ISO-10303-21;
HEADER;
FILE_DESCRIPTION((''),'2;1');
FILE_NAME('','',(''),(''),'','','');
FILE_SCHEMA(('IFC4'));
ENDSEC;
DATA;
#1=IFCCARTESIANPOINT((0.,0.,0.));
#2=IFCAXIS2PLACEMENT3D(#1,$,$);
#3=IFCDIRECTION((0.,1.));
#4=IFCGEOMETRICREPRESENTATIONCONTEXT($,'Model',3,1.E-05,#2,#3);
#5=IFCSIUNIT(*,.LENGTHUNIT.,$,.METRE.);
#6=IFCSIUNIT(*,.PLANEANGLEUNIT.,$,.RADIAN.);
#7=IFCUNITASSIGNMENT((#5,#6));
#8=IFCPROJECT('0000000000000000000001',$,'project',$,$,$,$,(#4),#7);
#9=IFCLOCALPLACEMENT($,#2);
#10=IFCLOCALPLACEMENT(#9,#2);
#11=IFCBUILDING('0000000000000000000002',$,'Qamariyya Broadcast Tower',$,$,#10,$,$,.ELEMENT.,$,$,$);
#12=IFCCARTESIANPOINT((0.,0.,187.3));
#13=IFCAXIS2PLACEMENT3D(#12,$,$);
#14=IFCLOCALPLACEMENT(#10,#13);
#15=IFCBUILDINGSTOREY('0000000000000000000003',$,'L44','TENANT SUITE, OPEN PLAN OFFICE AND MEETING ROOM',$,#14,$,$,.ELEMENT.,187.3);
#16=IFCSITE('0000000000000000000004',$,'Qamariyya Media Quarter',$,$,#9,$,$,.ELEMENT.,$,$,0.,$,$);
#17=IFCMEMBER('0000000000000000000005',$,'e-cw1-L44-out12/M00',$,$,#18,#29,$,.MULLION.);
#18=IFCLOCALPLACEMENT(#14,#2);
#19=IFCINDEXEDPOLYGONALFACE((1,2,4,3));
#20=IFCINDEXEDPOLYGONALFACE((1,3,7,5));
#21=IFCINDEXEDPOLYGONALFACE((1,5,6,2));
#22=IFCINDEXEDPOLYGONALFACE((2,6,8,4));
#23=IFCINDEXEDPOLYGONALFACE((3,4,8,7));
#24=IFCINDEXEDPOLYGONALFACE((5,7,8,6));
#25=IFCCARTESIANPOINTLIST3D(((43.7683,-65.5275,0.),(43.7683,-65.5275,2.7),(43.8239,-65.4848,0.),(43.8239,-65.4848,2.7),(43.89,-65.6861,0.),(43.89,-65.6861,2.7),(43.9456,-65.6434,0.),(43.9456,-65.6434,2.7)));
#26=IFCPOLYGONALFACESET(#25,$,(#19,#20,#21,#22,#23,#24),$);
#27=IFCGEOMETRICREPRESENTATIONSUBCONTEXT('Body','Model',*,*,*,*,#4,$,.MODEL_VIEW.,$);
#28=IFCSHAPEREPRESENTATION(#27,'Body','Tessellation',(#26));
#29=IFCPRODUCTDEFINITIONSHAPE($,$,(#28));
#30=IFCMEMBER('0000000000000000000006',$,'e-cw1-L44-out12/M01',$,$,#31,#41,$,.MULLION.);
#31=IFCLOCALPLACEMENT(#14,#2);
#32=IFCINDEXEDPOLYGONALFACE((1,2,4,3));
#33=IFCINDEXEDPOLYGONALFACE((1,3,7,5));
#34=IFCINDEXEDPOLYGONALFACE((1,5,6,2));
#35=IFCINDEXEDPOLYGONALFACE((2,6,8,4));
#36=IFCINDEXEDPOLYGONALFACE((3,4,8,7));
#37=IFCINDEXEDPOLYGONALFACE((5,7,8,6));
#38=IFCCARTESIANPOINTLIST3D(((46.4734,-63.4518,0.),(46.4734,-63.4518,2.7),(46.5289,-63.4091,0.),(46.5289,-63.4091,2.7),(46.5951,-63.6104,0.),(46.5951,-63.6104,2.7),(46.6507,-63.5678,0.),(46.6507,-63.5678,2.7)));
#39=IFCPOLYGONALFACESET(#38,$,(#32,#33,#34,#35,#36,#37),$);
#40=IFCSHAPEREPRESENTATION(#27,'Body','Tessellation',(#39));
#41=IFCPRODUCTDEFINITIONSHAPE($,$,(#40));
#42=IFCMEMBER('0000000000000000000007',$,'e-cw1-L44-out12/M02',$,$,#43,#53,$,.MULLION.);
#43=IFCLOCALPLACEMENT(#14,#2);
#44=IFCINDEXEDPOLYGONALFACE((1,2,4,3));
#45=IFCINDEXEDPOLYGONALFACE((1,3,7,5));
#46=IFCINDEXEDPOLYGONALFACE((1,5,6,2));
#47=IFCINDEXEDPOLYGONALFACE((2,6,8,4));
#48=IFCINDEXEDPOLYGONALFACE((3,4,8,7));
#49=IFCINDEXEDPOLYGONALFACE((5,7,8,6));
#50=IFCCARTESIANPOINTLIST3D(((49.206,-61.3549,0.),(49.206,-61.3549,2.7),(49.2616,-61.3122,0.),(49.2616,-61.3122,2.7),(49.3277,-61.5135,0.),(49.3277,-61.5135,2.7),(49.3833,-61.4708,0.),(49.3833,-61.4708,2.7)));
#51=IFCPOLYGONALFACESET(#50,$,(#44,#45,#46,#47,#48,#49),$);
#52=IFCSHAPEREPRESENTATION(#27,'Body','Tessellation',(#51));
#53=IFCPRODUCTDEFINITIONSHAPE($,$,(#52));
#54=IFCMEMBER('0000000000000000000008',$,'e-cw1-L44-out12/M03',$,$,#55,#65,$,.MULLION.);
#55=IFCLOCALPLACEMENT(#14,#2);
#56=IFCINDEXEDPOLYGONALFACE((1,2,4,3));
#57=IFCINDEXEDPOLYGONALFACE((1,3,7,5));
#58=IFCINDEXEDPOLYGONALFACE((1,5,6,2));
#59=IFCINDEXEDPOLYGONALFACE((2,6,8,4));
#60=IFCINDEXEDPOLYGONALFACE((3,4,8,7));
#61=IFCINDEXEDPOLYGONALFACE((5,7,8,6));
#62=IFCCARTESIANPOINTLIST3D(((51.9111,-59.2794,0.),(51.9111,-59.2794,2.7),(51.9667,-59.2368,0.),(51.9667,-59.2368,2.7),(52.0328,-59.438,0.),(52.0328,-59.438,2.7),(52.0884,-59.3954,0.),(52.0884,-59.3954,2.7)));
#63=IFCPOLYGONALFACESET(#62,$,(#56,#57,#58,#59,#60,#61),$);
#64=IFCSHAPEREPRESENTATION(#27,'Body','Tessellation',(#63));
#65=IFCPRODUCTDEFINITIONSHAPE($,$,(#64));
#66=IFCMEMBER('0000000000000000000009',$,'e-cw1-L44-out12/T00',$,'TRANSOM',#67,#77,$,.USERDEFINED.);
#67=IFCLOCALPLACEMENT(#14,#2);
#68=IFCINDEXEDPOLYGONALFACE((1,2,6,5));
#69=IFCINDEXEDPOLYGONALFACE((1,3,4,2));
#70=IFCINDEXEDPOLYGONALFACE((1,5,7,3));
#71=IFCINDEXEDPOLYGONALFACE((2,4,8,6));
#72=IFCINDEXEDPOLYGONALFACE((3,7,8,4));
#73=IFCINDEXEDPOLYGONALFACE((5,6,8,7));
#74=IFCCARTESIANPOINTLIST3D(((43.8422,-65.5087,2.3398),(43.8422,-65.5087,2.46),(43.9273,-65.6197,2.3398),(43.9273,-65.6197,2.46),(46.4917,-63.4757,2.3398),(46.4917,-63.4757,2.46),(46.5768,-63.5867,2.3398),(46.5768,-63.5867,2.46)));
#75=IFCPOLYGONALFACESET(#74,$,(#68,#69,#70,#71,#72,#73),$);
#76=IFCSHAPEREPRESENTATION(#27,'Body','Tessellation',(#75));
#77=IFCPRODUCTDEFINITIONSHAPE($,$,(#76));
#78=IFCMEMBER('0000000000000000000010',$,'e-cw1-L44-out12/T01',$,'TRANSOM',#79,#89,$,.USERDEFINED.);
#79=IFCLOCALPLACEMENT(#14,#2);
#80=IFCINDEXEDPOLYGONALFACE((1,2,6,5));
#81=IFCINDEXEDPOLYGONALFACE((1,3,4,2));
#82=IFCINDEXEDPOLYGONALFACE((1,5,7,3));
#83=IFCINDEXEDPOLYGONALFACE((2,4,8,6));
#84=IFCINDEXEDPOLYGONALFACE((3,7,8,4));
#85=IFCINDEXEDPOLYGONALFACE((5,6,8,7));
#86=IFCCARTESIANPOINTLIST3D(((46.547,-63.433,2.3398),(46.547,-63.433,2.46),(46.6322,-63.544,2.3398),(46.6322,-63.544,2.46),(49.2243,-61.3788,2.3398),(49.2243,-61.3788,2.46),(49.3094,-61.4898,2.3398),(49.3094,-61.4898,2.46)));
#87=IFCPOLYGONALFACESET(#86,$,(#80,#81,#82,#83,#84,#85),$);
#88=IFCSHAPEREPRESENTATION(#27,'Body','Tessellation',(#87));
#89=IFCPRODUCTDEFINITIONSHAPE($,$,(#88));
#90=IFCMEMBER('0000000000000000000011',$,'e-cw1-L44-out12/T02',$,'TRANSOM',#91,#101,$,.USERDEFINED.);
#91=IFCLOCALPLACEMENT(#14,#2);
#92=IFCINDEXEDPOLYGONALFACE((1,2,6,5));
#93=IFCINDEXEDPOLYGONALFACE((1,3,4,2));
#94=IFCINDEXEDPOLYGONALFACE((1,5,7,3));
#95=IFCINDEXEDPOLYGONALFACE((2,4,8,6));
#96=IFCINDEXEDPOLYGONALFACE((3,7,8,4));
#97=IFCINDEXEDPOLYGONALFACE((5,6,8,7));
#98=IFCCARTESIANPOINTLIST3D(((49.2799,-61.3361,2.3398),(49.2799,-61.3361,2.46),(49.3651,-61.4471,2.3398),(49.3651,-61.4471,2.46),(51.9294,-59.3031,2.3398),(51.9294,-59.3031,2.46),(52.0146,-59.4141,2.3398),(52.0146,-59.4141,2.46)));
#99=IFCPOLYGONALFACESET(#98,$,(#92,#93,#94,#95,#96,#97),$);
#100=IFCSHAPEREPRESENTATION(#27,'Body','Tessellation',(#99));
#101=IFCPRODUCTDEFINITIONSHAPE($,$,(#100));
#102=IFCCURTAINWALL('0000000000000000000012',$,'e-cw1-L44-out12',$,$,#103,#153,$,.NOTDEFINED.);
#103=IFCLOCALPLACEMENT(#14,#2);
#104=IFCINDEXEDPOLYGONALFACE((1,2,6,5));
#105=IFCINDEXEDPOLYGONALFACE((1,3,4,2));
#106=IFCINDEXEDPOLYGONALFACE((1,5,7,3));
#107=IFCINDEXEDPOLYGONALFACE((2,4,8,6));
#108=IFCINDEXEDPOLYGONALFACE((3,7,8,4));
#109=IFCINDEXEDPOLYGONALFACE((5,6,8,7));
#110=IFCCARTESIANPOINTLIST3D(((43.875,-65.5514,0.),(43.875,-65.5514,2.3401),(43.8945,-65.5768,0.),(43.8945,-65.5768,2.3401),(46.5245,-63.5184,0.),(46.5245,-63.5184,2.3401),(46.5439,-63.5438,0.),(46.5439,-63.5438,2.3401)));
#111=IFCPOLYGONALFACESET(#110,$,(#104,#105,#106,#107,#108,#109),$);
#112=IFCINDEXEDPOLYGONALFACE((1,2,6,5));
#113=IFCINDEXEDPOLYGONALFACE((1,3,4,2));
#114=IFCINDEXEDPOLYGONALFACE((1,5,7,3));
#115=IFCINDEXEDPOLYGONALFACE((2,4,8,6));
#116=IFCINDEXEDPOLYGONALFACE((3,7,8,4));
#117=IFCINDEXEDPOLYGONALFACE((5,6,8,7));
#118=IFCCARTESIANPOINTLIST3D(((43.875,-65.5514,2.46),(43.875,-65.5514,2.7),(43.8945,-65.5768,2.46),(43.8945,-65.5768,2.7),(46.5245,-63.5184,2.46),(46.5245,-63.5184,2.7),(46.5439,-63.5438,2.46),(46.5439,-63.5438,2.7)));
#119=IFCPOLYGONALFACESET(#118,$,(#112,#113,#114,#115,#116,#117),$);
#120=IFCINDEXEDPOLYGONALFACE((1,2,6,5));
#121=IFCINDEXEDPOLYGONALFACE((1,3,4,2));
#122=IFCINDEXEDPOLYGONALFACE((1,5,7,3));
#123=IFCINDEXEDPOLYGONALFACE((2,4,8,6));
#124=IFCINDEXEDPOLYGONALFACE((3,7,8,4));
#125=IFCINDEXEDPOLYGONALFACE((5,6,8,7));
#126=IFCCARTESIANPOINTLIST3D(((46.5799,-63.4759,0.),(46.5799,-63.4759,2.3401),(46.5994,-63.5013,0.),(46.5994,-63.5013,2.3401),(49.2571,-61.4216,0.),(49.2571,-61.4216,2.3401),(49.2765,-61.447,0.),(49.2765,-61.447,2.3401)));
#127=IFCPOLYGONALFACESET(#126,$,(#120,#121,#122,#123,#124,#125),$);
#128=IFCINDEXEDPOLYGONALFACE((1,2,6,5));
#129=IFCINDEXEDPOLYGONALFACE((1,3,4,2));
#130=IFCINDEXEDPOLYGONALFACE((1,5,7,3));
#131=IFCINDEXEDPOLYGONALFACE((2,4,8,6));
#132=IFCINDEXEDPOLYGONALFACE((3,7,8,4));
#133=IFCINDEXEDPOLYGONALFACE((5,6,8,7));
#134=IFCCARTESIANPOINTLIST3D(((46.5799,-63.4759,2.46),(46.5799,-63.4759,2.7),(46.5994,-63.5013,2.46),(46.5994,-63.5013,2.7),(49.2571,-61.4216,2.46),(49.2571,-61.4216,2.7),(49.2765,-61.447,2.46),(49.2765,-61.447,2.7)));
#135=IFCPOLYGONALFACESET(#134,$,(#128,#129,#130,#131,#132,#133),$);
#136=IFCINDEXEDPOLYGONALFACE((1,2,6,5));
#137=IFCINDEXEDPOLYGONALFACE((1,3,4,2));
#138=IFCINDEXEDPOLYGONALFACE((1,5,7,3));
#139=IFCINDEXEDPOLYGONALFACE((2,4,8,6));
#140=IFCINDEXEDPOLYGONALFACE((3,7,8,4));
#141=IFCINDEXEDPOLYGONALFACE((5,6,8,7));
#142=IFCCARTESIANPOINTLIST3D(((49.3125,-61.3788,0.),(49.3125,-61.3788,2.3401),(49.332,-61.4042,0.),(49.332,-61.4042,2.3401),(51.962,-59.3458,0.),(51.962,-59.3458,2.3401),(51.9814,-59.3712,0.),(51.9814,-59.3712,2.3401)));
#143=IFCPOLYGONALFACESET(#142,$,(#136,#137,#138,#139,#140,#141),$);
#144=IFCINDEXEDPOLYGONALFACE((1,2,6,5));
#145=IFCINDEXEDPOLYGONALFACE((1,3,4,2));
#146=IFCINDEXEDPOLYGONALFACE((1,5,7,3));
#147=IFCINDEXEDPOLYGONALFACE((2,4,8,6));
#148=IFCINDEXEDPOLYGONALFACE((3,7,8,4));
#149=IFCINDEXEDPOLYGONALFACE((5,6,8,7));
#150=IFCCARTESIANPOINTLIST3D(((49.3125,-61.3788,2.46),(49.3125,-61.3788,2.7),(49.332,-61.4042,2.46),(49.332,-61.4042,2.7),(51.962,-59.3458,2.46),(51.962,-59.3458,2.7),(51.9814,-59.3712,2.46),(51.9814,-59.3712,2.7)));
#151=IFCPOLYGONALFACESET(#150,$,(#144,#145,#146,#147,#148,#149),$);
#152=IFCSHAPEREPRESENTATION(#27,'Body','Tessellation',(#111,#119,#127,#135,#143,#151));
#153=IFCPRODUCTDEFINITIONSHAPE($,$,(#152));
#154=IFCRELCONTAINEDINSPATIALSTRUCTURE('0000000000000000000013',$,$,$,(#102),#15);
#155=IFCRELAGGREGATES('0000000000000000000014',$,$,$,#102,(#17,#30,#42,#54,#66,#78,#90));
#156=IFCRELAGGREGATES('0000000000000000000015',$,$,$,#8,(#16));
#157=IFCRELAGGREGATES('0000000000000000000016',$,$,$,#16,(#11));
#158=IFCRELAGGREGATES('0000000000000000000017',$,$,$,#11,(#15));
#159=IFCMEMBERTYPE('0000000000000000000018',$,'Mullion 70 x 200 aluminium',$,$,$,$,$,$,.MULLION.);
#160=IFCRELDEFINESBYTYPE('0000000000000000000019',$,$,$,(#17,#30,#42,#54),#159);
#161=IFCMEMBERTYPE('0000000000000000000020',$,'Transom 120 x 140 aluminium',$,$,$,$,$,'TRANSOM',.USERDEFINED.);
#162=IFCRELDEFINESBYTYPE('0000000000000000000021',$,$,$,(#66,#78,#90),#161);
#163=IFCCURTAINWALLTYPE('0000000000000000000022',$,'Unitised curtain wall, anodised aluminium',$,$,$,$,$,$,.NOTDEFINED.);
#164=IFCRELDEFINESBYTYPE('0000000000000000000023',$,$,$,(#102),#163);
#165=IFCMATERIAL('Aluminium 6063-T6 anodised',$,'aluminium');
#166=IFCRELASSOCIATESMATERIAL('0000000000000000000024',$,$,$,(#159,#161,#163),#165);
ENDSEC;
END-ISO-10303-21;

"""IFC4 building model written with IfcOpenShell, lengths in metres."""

from ifc_helpers import new_model, si_unit, direction, frame, origin, origin_2d, place, context, subcontext, project, spatial, rectangle, extrude, material, material_profile, profile_set, type_object, element, aggregate, save


model = new_model("IFC4")

# Units and contexts
model_context = context("Model", 3, precision=1e-05, world=origin(), true_north=direction((0.0, 1.0)))
body_context = subcontext(model_context, "Body", "Model", "MODEL_VIEW")
ifc_project = project(units=[si_unit("LENGTHUNIT", "METRE"), si_unit("PLANEANGLEUNIT", "RADIAN")], contexts=[model_context])

# Members
ifc_material = material(Name="Aluminium 6063-T6 anodised", Category="aluminium")
ifc_material_profile_1 = material_profile(ifc_material, rectangle(XDim=0.2, YDim=0.0701, at=origin_2d()))
ifc_profile_set_1 = profile_set([ifc_material_profile_1], Name="Aluminium 6063-T6 anodised")
member_type_1 = type_object("IfcMemberType", Name="Mullion 70 x 200 aluminium", PredefinedType="MULLION", material=ifc_profile_set_1)
site_placement = place(None, origin())
building_placement = place(site_placement, origin())
storey_placement = place(building_placement, frame((0.0, 0.0, 187.3)))
member_1_placement = place(storey_placement, frame((43.8569, -65.5854, 0.0), z_axis=(0.0, 0.0, 1.0), x_axis=(-0.608761, 0.793353, 0.0)))
member_1 = element("IfcMember", 1, at=member_1_placement, type_object=member_type_1, Name="e-cw1-L44-out12/M00", PredefinedType="MULLION", context=body_context, shape_type="SweptSolid", body=[
    extrude(rectangle(XDim=0.2, YDim=0.0701, at=origin_2d()), origin(), (0.0, 0.0, 1.0), 2.7),
])
member_2_placement = place(storey_placement, frame((46.562, -63.5098, 0.0), z_axis=(0.0, 0.0, 1.0), x_axis=(-0.608761, 0.793353, 0.0)))
member_2 = element("IfcMember", 2, at=member_2_placement, type_object=member_type_1, Name="e-cw1-L44-out12/M01", PredefinedType="MULLION", context=body_context, shape_type="SweptSolid", body=[
    extrude(rectangle(XDim=0.2, YDim=0.0701, at=origin_2d()), origin(), (0.0, 0.0, 1.0), 2.7),
])
member_3_placement = place(storey_placement, frame((49.2947, -61.4128, 0.0), z_axis=(0.0, 0.0, 1.0), x_axis=(-0.608761, 0.793353, 0.0)))
member_3 = element("IfcMember", 3, at=member_3_placement, type_object=member_type_1, Name="e-cw1-L44-out12/M02", PredefinedType="MULLION", context=body_context, shape_type="SweptSolid", body=[
    extrude(rectangle(XDim=0.2, YDim=0.0701, at=origin_2d()), origin(), (0.0, 0.0, 1.0), 2.7),
])
member_4_placement = place(storey_placement, frame((51.9998, -59.3374, 0.0), z_axis=(0.0, 0.0, 1.0), x_axis=(-0.608761, 0.793353, 0.0)))
member_4 = element("IfcMember", 4, at=member_4_placement, type_object=member_type_1, Name="e-cw1-L44-out12/M03", PredefinedType="MULLION", context=body_context, shape_type="SweptSolid", body=[
    extrude(rectangle(XDim=0.2, YDim=0.0701, at=origin_2d()), origin(), (0.0, 0.0, 1.0), 2.7),
])
ifc_material_profile_2 = material_profile(ifc_material, rectangle(XDim=0.1399, YDim=0.1201, at=origin_2d()))
ifc_profile_set_2 = profile_set([ifc_material_profile_2], Name="Aluminium 6063-T6 anodised")
member_type_2 = type_object("IfcMemberType", Name="Transom 120 x 140 aluminium", ElementType="TRANSOM", PredefinedType="USERDEFINED", material=ifc_profile_set_2)
member_5_placement = place(storey_placement, frame((43.8848, -65.5642, 2.3999), z_axis=(0.793354, 0.60876, 0.0), x_axis=(-0.60876, 0.793354, 0.0)))
member_5 = element("IfcMember", 5, at=member_5_placement, type_object=member_type_2, Name="e-cw1-L44-out12/T00", ObjectType="TRANSOM", PredefinedType="USERDEFINED", context=body_context, shape_type="SweptSolid", body=[
    extrude(rectangle(XDim=0.1399, YDim=0.1201, at=origin_2d()), origin(), (0.0, 0.0, 1.0), 3.3396),
])
member_6_placement = place(storey_placement, frame((46.5896, -63.4885, 2.3999), z_axis=(0.793371, 0.608738, 0.0), x_axis=(-0.608738, 0.793371, 0.0)))
member_6 = element("IfcMember", 6, at=member_6_placement, type_object=member_type_2, Name="e-cw1-L44-out12/T01", ObjectType="TRANSOM", PredefinedType="USERDEFINED", context=body_context, shape_type="SweptSolid", body=[
    extrude(rectangle(XDim=0.1399, YDim=0.1201, at=origin_2d()), origin(), (0.0, 0.0, 1.0), 3.3745),
])
member_7_placement = place(storey_placement, frame((49.3225, -61.3916, 2.3999), z_axis=(0.793354, 0.60876, 0.0), x_axis=(-0.60876, 0.793354, 0.0)))
member_7 = element("IfcMember", 7, at=member_7_placement, type_object=member_type_2, Name="e-cw1-L44-out12/T02", ObjectType="TRANSOM", PredefinedType="USERDEFINED", context=body_context, shape_type="SweptSolid", body=[
    extrude(rectangle(XDim=0.1399, YDim=0.1201, at=origin_2d()), origin(), (0.0, 0.0, 1.0), 3.3396),
])

# Site, building, storey
site = spatial("IfcSite", under=ifc_project, at=site_placement, Name="Qamariyya Media Quarter", CompositionType="ELEMENT", RefElevation=0.0)
building = spatial("IfcBuilding", under=site, at=building_placement, Name="Qamariyya Broadcast Tower", CompositionType="ELEMENT")
storey = spatial("IfcBuildingStorey", under=building, at=storey_placement, Name="L44", Description="TENANT SUITE, OPEN PLAN OFFICE AND MEETING ROOM", CompositionType="ELEMENT", Elevation=187.3)

# Curtain wall
curtain_wall_type = type_object("IfcCurtainWallType", Name="Unitised curtain wall, anodised aluminium", PredefinedType="NOTDEFINED", material=ifc_material)
curtain_wall_1_placement = place(storey_placement, origin())
curtain_wall_1 = element("IfcCurtainWall", 8, at=curtain_wall_1_placement, inside=storey, type_object=curtain_wall_type, Name="e-cw1-L44-out12", PredefinedType="NOTDEFINED", context=body_context, shape_type="SweptSolid", body=[
    extrude(rectangle(XDim=3.3396, YDim=0.032, at=origin_2d()), frame((45.2095, -64.5476, 0.0), x_axis=(0.793352, 0.608764, 0.0)), (0.0, 0.0, 1.0), 2.3401),
    extrude(rectangle(XDim=3.3396, YDim=0.032, at=origin_2d()), frame((45.2095, -64.5476, 2.46), x_axis=(0.793352, 0.608764, 0.0)), (0.0, 0.0, 1.0), 0.24),
    extrude(rectangle(XDim=3.3745, YDim=0.032, at=origin_2d()), frame((47.9282, -62.4614, 0.0), x_axis=(0.793352, 0.608764, 0.0)), (0.0, 0.0, 1.0), 2.3401),
    extrude(rectangle(XDim=3.3745, YDim=0.032, at=origin_2d()), frame((47.9282, -62.4614, 2.46), x_axis=(0.793352, 0.608764, 0.0)), (0.0, 0.0, 1.0), 0.24),
    extrude(rectangle(XDim=3.3396, YDim=0.032, at=origin_2d()), frame((50.647, -60.375, 0.0), x_axis=(0.793352, 0.608764, 0.0)), (0.0, 0.0, 1.0), 2.3401),
    extrude(rectangle(XDim=3.3396, YDim=0.032, at=origin_2d()), frame((50.647, -60.375, 2.46), x_axis=(0.793352, 0.608764, 0.0)), (0.0, 0.0, 1.0), 0.24),
])
aggregate(curtain_wall_1, [member_1, member_2, member_3, member_4, member_5, member_6, member_7])

save(model, "model.ifc")
